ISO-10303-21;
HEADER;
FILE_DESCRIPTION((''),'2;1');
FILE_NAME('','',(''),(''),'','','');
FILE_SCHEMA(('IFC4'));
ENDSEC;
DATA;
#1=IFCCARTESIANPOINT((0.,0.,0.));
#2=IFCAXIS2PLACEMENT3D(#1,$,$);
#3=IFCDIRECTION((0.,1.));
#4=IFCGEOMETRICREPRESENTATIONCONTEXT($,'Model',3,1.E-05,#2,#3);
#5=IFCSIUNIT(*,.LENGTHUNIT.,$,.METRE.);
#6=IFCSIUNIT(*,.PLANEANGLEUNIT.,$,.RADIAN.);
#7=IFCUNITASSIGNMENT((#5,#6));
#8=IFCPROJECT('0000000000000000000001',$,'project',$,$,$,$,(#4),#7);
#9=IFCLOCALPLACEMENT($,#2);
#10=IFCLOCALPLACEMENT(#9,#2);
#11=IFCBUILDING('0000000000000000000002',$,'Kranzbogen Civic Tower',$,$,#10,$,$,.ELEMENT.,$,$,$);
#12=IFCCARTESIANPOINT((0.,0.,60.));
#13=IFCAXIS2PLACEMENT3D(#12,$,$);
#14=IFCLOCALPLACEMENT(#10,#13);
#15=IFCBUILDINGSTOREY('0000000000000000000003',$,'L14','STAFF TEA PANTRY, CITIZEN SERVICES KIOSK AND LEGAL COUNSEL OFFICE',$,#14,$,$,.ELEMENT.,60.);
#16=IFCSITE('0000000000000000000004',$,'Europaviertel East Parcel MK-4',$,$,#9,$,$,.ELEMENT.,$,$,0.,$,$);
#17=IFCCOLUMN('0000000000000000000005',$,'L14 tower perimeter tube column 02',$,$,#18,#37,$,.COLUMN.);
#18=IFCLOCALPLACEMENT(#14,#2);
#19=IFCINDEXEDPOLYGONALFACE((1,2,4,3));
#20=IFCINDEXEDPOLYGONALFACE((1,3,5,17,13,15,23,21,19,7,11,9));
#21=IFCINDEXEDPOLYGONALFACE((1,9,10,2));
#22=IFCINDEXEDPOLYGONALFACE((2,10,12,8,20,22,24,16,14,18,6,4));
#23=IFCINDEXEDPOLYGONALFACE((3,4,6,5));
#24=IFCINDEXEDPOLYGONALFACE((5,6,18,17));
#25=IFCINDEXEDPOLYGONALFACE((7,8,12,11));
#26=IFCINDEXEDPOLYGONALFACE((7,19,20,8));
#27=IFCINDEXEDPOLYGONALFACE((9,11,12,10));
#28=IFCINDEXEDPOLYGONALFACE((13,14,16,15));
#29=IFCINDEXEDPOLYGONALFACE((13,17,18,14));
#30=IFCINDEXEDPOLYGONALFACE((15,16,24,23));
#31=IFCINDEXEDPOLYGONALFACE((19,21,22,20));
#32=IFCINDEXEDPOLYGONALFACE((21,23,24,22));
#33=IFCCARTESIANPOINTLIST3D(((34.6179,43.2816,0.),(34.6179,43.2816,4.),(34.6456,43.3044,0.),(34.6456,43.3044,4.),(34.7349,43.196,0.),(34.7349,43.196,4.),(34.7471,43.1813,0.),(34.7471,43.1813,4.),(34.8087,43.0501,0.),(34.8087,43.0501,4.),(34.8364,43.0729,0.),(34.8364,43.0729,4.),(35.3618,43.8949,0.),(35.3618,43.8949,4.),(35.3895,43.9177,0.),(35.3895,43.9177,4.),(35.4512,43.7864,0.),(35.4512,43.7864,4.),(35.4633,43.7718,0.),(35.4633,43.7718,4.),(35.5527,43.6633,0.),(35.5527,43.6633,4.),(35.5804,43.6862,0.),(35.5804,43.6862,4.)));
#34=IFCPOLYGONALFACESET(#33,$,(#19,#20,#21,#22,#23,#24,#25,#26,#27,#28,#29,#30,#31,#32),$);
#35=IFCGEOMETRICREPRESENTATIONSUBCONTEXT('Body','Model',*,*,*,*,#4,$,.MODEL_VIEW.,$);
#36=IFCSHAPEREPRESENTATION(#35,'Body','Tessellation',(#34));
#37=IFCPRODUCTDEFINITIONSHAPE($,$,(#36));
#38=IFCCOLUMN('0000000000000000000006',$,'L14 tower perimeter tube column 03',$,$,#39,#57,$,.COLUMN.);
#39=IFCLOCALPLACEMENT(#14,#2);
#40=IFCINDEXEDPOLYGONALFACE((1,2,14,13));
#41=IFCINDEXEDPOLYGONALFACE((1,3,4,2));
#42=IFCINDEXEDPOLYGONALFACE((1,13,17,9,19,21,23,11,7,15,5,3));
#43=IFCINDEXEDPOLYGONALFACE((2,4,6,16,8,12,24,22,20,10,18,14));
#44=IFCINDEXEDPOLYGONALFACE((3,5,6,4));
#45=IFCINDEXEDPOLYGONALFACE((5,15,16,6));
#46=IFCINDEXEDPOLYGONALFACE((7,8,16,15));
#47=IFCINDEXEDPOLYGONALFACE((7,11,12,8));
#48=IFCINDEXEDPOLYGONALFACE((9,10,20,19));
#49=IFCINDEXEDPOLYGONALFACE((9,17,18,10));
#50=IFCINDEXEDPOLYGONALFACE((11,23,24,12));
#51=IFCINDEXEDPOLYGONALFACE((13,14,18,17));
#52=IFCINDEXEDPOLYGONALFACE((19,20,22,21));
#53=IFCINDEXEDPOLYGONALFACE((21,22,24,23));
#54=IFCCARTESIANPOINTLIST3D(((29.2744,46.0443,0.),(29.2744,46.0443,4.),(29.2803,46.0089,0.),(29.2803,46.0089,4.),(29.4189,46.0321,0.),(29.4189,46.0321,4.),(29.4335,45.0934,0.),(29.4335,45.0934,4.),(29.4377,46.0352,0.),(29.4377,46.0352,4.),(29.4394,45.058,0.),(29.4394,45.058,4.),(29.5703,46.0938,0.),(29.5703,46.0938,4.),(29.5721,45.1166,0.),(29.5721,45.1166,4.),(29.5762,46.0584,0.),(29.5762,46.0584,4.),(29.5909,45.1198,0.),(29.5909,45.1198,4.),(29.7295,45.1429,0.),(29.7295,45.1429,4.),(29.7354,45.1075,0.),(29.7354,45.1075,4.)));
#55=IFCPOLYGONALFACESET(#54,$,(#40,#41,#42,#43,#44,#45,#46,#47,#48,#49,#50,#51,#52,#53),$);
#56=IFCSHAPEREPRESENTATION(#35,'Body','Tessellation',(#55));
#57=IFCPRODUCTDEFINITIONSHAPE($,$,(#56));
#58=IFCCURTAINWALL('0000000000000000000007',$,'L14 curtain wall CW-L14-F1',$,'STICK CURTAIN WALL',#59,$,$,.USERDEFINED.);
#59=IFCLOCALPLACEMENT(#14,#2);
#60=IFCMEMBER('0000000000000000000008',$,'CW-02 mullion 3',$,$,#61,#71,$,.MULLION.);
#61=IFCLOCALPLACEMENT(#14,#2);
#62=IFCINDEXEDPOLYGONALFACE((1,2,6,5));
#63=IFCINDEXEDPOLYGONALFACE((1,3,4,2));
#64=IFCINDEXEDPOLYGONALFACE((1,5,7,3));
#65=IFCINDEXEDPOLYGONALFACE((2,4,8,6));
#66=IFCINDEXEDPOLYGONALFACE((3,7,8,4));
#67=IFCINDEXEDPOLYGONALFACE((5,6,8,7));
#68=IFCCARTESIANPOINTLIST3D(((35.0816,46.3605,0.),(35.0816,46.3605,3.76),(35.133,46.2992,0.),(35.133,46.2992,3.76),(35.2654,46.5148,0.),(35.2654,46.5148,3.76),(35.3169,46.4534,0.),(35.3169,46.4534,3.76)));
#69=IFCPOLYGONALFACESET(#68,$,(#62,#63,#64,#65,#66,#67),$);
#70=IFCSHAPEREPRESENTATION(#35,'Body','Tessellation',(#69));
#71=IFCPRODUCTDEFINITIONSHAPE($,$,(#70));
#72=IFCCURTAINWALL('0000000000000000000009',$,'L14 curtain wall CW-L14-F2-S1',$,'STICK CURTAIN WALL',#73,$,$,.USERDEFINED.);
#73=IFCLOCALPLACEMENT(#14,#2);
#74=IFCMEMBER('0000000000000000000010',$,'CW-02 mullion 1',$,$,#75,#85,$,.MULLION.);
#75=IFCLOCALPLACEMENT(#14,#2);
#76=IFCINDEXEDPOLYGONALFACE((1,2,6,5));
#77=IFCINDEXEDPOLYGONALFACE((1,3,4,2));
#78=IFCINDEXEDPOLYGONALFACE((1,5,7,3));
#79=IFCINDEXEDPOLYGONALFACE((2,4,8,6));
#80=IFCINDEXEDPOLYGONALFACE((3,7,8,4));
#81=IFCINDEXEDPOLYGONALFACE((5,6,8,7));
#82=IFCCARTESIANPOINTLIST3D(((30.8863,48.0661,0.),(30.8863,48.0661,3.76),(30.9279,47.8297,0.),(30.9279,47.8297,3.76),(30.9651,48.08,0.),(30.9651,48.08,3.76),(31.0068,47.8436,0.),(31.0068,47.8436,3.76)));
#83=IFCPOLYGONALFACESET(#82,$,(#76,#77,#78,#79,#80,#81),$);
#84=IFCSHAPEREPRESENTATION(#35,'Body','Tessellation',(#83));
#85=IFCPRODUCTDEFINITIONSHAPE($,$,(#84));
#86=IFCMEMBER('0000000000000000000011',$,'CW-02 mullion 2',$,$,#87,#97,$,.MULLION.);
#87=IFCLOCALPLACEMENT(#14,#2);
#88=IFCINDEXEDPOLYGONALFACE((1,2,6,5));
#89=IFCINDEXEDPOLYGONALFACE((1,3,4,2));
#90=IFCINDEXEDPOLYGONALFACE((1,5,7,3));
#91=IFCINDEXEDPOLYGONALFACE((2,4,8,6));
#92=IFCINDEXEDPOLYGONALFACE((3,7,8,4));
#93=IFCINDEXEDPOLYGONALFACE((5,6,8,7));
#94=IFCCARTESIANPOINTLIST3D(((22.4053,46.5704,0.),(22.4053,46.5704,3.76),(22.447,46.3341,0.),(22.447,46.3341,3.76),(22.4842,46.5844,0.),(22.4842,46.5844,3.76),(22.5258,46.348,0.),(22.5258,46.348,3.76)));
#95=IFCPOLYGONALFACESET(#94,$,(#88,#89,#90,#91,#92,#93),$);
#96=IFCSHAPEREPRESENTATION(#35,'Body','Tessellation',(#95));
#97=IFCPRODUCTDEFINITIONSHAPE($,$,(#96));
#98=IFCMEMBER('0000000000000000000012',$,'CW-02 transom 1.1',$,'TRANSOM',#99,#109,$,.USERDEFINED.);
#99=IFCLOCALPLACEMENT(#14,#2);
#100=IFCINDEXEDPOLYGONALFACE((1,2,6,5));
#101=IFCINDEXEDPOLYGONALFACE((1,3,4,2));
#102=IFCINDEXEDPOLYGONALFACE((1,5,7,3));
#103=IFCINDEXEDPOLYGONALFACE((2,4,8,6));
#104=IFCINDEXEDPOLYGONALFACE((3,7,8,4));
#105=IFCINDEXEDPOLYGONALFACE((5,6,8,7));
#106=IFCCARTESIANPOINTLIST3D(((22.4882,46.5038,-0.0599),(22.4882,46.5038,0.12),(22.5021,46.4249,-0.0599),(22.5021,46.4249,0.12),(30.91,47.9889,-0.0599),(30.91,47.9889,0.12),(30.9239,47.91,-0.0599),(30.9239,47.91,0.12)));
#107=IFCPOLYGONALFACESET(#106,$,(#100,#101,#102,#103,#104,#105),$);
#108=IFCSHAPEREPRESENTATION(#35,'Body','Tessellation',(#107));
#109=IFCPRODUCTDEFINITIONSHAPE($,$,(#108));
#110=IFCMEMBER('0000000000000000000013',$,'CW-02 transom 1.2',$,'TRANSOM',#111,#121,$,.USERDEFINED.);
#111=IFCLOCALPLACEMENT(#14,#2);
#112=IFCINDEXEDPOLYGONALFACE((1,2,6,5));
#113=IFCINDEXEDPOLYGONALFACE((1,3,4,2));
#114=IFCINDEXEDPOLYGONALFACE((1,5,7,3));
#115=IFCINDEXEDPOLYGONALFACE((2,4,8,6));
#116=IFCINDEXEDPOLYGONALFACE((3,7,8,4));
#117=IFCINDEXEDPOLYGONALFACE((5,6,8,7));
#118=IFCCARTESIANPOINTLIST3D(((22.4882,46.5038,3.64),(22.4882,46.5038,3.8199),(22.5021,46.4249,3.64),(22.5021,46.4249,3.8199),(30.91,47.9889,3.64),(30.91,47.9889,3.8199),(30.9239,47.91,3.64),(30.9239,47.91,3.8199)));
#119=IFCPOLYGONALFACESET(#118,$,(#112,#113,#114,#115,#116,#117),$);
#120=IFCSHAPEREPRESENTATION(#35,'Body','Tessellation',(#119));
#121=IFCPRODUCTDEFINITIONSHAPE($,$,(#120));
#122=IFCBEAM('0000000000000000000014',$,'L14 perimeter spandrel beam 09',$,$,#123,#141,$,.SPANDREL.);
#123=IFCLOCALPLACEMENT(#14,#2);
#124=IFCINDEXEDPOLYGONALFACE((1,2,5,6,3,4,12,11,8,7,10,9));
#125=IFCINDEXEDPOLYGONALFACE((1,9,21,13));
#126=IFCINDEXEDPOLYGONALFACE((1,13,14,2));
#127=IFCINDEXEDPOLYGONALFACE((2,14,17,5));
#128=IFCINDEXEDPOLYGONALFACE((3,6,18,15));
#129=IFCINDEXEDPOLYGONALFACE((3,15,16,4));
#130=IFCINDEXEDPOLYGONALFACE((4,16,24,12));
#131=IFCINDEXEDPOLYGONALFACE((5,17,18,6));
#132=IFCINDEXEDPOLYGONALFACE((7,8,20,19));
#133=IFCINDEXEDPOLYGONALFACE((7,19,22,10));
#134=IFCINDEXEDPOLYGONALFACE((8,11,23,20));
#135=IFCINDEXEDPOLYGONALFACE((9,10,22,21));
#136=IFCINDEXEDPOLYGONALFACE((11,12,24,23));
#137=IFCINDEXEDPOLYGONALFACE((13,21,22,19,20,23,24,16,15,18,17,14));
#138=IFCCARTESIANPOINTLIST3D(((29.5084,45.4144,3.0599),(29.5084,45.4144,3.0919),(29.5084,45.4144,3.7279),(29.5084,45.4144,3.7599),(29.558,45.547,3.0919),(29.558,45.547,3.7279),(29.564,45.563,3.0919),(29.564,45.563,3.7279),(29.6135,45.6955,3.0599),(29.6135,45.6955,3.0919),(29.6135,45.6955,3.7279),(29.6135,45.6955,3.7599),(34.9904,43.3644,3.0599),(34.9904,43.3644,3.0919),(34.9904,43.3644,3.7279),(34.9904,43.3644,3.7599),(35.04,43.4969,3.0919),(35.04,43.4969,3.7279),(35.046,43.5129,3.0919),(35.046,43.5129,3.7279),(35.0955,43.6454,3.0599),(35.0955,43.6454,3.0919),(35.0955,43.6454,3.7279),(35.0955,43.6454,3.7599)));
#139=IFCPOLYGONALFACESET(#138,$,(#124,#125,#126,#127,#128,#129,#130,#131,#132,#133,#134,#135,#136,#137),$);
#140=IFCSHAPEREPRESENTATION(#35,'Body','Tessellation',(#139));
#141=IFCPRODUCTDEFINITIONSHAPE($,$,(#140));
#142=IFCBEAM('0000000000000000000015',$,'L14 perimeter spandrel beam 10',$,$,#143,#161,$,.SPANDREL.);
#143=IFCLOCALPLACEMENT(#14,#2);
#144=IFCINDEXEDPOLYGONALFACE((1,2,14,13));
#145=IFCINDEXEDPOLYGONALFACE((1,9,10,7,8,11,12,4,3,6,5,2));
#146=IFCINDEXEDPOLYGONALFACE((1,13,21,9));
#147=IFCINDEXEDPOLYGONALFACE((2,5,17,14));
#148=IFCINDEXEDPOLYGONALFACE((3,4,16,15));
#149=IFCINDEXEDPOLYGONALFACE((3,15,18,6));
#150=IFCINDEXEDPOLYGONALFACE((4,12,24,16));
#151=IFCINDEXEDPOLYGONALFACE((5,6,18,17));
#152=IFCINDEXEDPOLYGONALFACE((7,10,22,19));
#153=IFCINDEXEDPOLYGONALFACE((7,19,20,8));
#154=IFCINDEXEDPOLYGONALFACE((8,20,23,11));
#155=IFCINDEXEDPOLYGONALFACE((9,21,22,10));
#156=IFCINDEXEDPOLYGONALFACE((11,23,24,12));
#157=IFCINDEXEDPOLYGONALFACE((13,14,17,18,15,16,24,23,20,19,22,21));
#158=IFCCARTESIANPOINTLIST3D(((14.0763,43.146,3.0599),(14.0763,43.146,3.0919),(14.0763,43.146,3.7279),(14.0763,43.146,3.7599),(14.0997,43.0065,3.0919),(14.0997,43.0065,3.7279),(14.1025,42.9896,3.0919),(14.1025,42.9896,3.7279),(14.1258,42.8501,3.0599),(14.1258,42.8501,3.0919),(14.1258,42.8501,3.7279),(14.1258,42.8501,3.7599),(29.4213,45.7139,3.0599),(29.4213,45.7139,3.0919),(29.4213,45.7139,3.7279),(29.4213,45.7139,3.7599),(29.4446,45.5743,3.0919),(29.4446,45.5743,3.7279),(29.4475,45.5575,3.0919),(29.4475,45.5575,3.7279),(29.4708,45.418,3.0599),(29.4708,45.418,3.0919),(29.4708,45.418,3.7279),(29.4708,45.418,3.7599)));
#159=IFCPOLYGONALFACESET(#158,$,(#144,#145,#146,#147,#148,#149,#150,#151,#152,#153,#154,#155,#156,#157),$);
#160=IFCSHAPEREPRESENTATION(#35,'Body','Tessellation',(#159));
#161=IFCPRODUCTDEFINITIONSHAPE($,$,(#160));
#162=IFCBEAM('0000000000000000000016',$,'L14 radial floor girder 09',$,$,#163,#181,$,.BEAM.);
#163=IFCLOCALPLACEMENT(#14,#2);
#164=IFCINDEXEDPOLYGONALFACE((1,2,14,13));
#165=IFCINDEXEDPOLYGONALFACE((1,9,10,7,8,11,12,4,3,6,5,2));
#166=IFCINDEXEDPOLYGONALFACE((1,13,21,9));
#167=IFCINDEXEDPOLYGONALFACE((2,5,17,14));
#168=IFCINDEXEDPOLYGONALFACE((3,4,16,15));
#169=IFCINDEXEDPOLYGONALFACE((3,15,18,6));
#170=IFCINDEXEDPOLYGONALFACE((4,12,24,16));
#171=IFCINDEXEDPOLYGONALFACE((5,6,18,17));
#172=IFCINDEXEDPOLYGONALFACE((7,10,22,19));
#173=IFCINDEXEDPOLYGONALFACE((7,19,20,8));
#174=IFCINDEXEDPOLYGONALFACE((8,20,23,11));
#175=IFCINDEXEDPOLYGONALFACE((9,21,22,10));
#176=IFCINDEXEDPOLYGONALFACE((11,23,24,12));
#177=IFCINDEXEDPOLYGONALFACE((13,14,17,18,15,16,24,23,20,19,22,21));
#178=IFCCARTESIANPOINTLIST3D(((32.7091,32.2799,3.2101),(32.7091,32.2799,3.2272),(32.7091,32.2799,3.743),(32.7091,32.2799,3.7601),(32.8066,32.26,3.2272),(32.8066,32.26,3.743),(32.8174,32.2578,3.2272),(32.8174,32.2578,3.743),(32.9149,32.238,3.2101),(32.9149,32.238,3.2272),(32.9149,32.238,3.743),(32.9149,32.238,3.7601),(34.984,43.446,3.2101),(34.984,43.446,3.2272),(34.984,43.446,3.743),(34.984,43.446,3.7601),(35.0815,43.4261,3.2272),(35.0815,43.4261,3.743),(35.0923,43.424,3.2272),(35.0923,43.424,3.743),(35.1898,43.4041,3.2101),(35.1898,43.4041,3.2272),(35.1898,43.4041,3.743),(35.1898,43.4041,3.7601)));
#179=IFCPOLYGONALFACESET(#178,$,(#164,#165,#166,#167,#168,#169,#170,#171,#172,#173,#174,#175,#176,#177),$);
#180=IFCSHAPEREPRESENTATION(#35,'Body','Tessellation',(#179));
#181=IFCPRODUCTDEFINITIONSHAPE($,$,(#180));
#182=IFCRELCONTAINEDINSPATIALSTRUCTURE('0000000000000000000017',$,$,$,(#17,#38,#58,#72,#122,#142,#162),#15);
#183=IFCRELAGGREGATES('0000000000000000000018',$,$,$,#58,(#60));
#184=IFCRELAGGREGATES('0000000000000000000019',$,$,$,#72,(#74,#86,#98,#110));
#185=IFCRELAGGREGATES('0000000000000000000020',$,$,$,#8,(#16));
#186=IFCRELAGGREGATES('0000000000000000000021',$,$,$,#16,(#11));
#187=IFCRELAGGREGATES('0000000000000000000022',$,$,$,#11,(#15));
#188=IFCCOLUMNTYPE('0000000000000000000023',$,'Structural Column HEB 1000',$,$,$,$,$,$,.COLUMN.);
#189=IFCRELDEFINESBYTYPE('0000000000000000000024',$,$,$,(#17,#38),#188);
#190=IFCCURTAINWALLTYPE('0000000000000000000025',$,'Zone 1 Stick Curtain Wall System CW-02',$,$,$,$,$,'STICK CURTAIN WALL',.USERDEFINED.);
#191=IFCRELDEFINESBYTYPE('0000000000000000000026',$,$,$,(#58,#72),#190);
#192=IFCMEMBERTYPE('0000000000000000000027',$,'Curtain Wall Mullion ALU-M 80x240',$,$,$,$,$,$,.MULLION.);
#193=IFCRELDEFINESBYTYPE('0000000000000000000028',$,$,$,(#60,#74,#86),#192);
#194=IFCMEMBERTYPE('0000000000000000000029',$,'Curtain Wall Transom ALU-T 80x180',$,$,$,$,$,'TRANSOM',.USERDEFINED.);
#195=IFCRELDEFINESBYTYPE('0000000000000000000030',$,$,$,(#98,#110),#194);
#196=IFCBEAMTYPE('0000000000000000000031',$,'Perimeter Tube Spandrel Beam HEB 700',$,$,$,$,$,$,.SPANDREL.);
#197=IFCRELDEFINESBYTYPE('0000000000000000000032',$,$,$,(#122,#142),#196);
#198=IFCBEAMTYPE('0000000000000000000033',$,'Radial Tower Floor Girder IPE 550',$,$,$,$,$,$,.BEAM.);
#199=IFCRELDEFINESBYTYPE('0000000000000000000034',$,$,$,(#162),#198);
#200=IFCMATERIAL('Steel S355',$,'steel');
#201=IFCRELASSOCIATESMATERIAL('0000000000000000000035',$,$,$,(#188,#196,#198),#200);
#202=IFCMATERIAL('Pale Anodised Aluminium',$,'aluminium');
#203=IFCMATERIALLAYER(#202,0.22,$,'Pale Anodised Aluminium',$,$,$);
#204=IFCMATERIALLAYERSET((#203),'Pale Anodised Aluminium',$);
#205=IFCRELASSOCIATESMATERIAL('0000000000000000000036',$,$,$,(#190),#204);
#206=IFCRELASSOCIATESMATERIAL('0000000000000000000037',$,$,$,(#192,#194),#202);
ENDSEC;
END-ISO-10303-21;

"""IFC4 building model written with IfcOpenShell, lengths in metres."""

from ifc_helpers import new_model, si_unit, direction, frame, origin, origin_2d, place, context, subcontext, project, spatial, rectangle, i_section, extrude, material, layer, layer_set, material_profile, profile_set, type_object, element, aggregate, save


model = new_model("IFC4")

# Units and contexts
model_context = context("Model", 3, precision=1e-05, world=origin(), true_north=direction((0.0, 1.0)))
body_context = subcontext(model_context, "Body", "Model", "MODEL_VIEW")
ifc_project = project(units=[si_unit("LENGTHUNIT", "METRE"), si_unit("PLANEANGLEUNIT", "RADIAN")], contexts=[model_context])

# Site, building, storey
site_placement = place(None, origin())
site = spatial("IfcSite", under=ifc_project, at=site_placement, Name="Europaviertel East Parcel MK-4", CompositionType="ELEMENT", RefElevation=0.0)
building_placement = place(site_placement, origin())
building = spatial("IfcBuilding", under=site, at=building_placement, Name="Kranzbogen Civic Tower", CompositionType="ELEMENT")
storey_placement = place(building_placement, frame((0.0, 0.0, 60.0)))
storey = spatial("IfcBuildingStorey", under=building, at=storey_placement, Name="L14", Description="STAFF TEA PANTRY, CITIZEN SERVICES KIOSK AND LEGAL COUNSEL OFFICE", CompositionType="ELEMENT", Elevation=60.0)

# Columns
ifc_material_1 = material(Name="Steel S355", Category="steel")
ifc_material_profile_1 = material_profile(ifc_material_1, i_section(OverallWidth=0.3, OverallDepth=1.0, WebThickness=0.019, FlangeThickness=0.0359, at=origin_2d()), Name="HEB 1000")
ifc_profile_set_1 = profile_set([ifc_material_profile_1], Name="Steel S355")
column_type = type_object("IfcColumnType", Name="Structural Column HEB 1000", PredefinedType="COLUMN", material=ifc_profile_set_1)
for number, where, z_axis, x_axis, name in (
    (1, (35.0991, 43.4839, 0.0), (0.0, 0.0, 1.0), (-0.636078, 0.771625, 0.0), "L14 tower perimeter tube column 02"),
    (2, (29.5049, 45.5759, 0.0), (0.0, 0.0, 1.0), (0.986286, 0.165048, 0.0), "L14 tower perimeter tube column 03"),
):
    element("IfcColumn", number, at=place(storey_placement, frame(where, z_axis=z_axis, x_axis=x_axis)), inside=storey, type_object=column_type, Name=name, PredefinedType="COLUMN", context=body_context, shape_type="SweptSolid", body=[
        extrude(i_section(OverallWidth=0.3, OverallDepth=1.0, WebThickness=0.019, FlangeThickness=0.0359, at=origin_2d()), origin(), (0.0, 0.0, 1.0), 4.0),
    ])

# Curtain wall, member
ifc_material_2 = material(Name="Pale Anodised Aluminium", Category="aluminium")
ifc_layer_1 = layer(ifc_material_2, 0.22, Name="Pale Anodised Aluminium")
ifc_layer_set_1 = layer_set([ifc_layer_1], Name="Pale Anodised Aluminium")
curtain_wall_type = type_object("IfcCurtainWallType", Name="Zone 1 Stick Curtain Wall System CW-02", ElementType="STICK CURTAIN WALL", PredefinedType="USERDEFINED", material=ifc_layer_set_1)
curtain_wall_1_placement = place(storey_placement, origin())
curtain_wall_1 = element("IfcCurtainWall", 3, at=curtain_wall_1_placement, inside=storey, type_object=curtain_wall_type, Name="L14 curtain wall CW-L14-F1", ObjectType="STICK CURTAIN WALL", PredefinedType="USERDEFINED")
ifc_material_profile_2 = material_profile(ifc_material_2, rectangle(XDim=0.0801, YDim=0.24, at=origin_2d()), Name="ALU-M 80x240")
ifc_profile_set_2 = profile_set([ifc_material_profile_2], Name="Pale Anodised Aluminium")
member_type_1 = type_object("IfcMemberType", Name="Curtain Wall Mullion ALU-M 80x240", PredefinedType="MULLION", material=ifc_profile_set_2)
member_1_placement = place(storey_placement, frame((35.1992, 46.407, 0.0), z_axis=(0.0, 0.0, 1.0), x_axis=(-0.642751, 0.766075, 0.0)))
member_1 = element("IfcMember", 4, at=member_1_placement, type_object=member_type_1, Name="CW-02 mullion 3", PredefinedType="MULLION", context=body_context, shape_type="SweptSolid", body=[
    extrude(rectangle(XDim=0.0801, YDim=0.24, at=origin_2d()), origin(), (0.0, 0.0, 1.0), 3.76),
])
aggregate(curtain_wall_1, [member_1])

# Curtain wall, members
curtain_wall_2_placement = place(storey_placement, origin())
curtain_wall_2 = element("IfcCurtainWall", 5, at=curtain_wall_2_placement, inside=storey, type_object=curtain_wall_type, Name="L14 curtain wall CW-L14-F2-S1", ObjectType="STICK CURTAIN WALL", PredefinedType="USERDEFINED")
member_2_placement = place(storey_placement, frame((30.9465, 47.9548, 0.0), z_axis=(0.0, 0.0, 1.0), x_axis=(-0.984804, -0.173667, 0.0)))
member_2 = element("IfcMember", 6, at=member_2_placement, type_object=member_type_1, Name="CW-02 mullion 1", PredefinedType="MULLION", context=body_context, shape_type="SweptSolid", body=[
    extrude(rectangle(XDim=0.0801, YDim=0.24, at=origin_2d()), origin(), (0.0, 0.0, 1.0), 3.76),
])
member_3_placement = place(storey_placement, frame((22.4656, 46.4592, 0.0), z_axis=(0.0, 0.0, 1.0), x_axis=(-0.984804, -0.173667, 0.0)))
member_3 = element("IfcMember", 7, at=member_3_placement, type_object=member_type_1, Name="CW-02 mullion 2", PredefinedType="MULLION", context=body_context, shape_type="SweptSolid", body=[
    extrude(rectangle(XDim=0.0801, YDim=0.24, at=origin_2d()), origin(), (0.0, 0.0, 1.0), 3.76),
])
ifc_material_profile_3 = material_profile(ifc_material_2, rectangle(XDim=0.0801, YDim=0.1799, at=origin_2d()), Name="ALU-T 80x180")
ifc_profile_set_3 = profile_set([ifc_material_profile_3], Name="Pale Anodised Aluminium")
member_type_2 = type_object("IfcMemberType", Name="Curtain Wall Transom ALU-T 80x180", ElementType="TRANSOM", PredefinedType="USERDEFINED", material=ifc_profile_set_3)
member_4_placement = place(storey_placement, frame((30.917, 47.9495, 0.03), z_axis=(-0.984806, -0.17366, 0.0), x_axis=(0.17366, -0.984806, 0.0)))
member_4 = element("IfcMember", 8, at=member_4_placement, type_object=member_type_2, Name="CW-02 transom 1.1", ObjectType="TRANSOM", PredefinedType="USERDEFINED", context=body_context, shape_type="SweptSolid", body=[
    extrude(rectangle(XDim=0.0801, YDim=0.1799, at=origin_2d()), origin(), (0.0, 0.0, 1.0), 8.5518),
])
member_5_placement = place(storey_placement, frame((30.917, 47.9495, 3.73), z_axis=(-0.984806, -0.17366, 0.0), x_axis=(0.17366, -0.984806, 0.0)))
member_5 = element("IfcMember", 9, at=member_5_placement, type_object=member_type_2, Name="CW-02 transom 1.2", ObjectType="TRANSOM", PredefinedType="USERDEFINED", context=body_context, shape_type="SweptSolid", body=[
    extrude(rectangle(XDim=0.0801, YDim=0.1799, at=origin_2d()), origin(), (0.0, 0.0, 1.0), 8.5518),
])

# Beams
ifc_material_profile_4 = material_profile(ifc_material_1, i_section(OverallWidth=0.3, OverallDepth=0.7, WebThickness=0.0171, FlangeThickness=0.032, at=origin_2d()), Name="HEB 700")
ifc_profile_set_4 = profile_set([ifc_material_profile_4], Name="Steel S355")
beam_type_1 = type_object("IfcBeamType", Name="Perimeter Tube Spandrel Beam HEB 700", PredefinedType="SPANDREL", material=ifc_profile_set_4)
beam_1_placement = place(storey_placement, frame((35.043, 43.5049, 3.4099), z_axis=(-0.936648, 0.350273, 0.0), x_axis=(-0.350273, -0.936648, 0.0)))
element("IfcBeam", 10, at=beam_1_placement, inside=storey, type_object=beam_type_1, Name="L14 perimeter spandrel beam 09", PredefinedType="SPANDREL", context=body_context, shape_type="SweptSolid", body=[
    extrude(i_section(OverallWidth=0.3, OverallDepth=0.7, WebThickness=0.0171, FlangeThickness=0.032, at=origin_2d()), origin(), (0.0, 0.0, 1.0), 5.8528),
])
beam_2_placement = place(storey_placement, frame((29.446, 45.5659, 3.4099), z_axis=(-0.986286, -0.165048, 0.0), x_axis=(0.165048, -0.986286, 0.0)))
element("IfcBeam", 11, at=beam_2_placement, inside=storey, type_object=beam_type_1, Name="L14 perimeter spandrel beam 10", PredefinedType="SPANDREL", context=body_context, shape_type="SweptSolid", body=[
    extrude(i_section(OverallWidth=0.3, OverallDepth=0.7, WebThickness=0.0171, FlangeThickness=0.032, at=origin_2d()), origin(), (0.0, 0.0, 1.0), 15.5583),
])
ifc_material_profile_5 = material_profile(ifc_material_1, i_section(OverallWidth=0.21, OverallDepth=0.55, WebThickness=0.011, FlangeThickness=0.0171, at=origin_2d()), Name="IPE 550")
ifc_profile_set_5 = profile_set([ifc_material_profile_5], Name="Steel S355")
beam_type_2 = type_object("IfcBeamType", Name="Radial Tower Floor Girder IPE 550", PredefinedType="BEAM", material=ifc_profile_set_5)
beam_3_placement = place(storey_placement, frame((35.0869, 43.425, 3.4851), z_axis=(-0.199633, -0.979871, 0.0), x_axis=(0.979871, -0.199633, 0.0)))
element("IfcBeam", 12, at=beam_3_placement, inside=storey, type_object=beam_type_2, Name="L14 radial floor girder 09", PredefinedType="BEAM", context=body_context, shape_type="SweptSolid", body=[
    extrude(i_section(OverallWidth=0.21, OverallDepth=0.55, WebThickness=0.011, FlangeThickness=0.0171, at=origin_2d()), origin(), (0.0, 0.0, 1.0), 11.3955),
])

aggregate(curtain_wall_2, [member_2, member_3, member_4, member_5])

save(model, "model.ifc")
